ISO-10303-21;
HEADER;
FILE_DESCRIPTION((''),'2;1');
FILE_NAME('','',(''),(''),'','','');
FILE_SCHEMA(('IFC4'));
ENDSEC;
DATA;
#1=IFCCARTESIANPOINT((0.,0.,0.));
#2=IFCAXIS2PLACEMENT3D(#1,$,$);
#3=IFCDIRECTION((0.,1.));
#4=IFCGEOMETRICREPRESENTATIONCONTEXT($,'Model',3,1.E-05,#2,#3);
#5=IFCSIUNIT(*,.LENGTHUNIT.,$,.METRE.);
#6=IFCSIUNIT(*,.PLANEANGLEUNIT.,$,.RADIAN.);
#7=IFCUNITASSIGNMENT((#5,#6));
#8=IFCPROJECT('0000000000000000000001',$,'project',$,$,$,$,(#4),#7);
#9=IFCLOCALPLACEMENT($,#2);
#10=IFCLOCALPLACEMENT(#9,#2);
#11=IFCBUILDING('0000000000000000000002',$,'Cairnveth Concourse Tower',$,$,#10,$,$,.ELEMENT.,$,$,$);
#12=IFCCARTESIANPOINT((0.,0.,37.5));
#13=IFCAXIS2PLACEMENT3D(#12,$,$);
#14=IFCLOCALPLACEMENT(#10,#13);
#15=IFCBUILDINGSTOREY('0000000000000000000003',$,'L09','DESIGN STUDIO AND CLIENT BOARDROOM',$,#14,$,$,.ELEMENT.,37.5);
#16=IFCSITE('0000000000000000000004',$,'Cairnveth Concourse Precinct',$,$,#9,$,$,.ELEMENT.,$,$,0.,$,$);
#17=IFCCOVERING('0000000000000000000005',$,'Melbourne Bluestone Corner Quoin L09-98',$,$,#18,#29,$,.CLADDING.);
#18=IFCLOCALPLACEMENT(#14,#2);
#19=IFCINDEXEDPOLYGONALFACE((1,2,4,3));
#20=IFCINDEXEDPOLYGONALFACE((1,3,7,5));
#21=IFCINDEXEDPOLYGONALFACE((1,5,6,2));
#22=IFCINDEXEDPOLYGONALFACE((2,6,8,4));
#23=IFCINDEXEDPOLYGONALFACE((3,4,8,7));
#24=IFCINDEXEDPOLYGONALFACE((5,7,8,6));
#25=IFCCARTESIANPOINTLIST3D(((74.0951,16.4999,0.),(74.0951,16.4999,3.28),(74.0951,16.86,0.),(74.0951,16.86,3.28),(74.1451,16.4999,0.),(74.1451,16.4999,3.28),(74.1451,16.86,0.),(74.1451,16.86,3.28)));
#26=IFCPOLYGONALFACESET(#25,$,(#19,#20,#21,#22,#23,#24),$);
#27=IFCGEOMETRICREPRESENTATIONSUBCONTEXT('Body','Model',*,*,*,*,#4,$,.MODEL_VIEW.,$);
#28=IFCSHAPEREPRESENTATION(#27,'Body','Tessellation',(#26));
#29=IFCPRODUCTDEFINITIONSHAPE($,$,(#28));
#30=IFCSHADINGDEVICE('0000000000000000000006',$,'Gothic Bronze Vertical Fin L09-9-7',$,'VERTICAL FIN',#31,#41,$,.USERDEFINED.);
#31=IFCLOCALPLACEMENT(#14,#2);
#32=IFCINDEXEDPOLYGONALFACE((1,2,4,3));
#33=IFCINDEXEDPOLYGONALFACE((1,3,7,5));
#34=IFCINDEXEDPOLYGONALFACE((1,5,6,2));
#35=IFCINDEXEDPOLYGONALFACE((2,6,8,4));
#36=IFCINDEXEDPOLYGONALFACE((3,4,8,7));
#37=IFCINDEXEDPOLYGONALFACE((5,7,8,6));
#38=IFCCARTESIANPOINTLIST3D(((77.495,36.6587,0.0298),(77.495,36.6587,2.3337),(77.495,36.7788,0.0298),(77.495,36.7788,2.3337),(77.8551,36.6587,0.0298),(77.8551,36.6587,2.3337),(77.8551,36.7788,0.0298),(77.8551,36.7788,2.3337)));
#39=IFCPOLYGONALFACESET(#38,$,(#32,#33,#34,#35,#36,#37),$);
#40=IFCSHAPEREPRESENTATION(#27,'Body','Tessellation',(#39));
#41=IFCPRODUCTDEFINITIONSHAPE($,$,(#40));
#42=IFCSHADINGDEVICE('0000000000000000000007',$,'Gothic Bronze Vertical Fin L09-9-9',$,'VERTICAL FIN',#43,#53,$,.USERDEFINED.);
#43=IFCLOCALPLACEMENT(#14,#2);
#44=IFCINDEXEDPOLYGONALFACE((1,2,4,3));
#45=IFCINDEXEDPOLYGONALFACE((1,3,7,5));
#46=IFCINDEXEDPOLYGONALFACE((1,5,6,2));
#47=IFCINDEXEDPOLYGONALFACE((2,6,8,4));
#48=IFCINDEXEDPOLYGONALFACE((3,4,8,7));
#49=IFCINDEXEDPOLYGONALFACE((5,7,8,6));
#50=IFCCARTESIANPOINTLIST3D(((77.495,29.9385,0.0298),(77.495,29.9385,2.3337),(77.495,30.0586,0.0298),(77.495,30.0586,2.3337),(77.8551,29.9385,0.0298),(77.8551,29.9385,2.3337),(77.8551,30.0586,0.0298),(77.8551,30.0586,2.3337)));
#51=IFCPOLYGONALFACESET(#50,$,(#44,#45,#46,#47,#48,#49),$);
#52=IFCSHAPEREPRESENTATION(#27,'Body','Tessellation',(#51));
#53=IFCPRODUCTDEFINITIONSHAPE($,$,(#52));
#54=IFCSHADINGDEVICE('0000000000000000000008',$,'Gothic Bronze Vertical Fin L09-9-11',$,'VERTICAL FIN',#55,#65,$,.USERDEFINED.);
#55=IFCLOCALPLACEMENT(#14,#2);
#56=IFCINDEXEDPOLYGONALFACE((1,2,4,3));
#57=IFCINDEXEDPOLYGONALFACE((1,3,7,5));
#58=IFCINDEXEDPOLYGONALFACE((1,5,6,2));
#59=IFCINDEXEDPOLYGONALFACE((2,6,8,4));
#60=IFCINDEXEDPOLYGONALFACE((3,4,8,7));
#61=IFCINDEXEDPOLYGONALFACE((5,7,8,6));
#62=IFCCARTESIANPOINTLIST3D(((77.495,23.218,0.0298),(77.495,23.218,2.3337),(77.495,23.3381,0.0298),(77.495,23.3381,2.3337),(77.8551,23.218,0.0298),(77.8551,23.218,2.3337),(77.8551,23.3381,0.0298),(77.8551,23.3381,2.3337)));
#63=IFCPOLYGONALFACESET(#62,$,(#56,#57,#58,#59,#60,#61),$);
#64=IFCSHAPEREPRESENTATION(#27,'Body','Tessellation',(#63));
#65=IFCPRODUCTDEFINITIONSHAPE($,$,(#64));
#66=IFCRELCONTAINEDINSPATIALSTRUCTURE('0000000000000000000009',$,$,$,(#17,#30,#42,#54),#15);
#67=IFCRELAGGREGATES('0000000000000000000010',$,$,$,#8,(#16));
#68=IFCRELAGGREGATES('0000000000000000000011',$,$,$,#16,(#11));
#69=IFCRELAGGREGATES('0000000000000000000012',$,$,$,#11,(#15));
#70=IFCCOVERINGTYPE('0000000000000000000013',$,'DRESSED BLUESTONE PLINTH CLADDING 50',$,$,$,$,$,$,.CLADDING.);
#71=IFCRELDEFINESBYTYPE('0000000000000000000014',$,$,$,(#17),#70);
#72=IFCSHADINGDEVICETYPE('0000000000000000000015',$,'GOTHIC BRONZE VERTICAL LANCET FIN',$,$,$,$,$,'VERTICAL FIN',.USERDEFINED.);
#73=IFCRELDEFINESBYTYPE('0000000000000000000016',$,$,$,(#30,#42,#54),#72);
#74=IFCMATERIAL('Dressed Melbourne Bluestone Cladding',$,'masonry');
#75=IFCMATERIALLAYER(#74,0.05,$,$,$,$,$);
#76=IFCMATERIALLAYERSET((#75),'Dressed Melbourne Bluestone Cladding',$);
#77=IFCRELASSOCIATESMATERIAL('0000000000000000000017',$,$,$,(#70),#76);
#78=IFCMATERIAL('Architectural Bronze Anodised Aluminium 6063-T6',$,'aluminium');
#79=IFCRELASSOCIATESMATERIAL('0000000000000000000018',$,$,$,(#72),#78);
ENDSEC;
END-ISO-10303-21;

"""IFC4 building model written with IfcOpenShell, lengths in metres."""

from ifc_helpers import new_model, si_unit, direction, frame, frame_2d, origin, origin_2d, place, context, subcontext, project, spatial, rectangle, extrude, material, layer, layer_set, type_object, element, save


model = new_model("IFC4")

# Units and contexts
model_context = context("Model", 3, precision=1e-05, world=origin(), true_north=direction((0.0, 1.0)))
body_context = subcontext(model_context, "Body", "Model", "MODEL_VIEW")
ifc_project = project(units=[si_unit("LENGTHUNIT", "METRE"), si_unit("PLANEANGLEUNIT", "RADIAN")], contexts=[model_context])

# Site, building, storey
site_placement = place(None, origin())
site = spatial("IfcSite", under=ifc_project, at=site_placement, Name="Cairnveth Concourse Precinct", CompositionType="ELEMENT", RefElevation=0.0)
building_placement = place(site_placement, origin())
building = spatial("IfcBuilding", under=site, at=building_placement, Name="Cairnveth Concourse Tower", CompositionType="ELEMENT")
storey_placement = place(building_placement, frame((0.0, 0.0, 37.5)))
storey = spatial("IfcBuildingStorey", under=building, at=storey_placement, Name="L09", Description="DESIGN STUDIO AND CLIENT BOARDROOM", CompositionType="ELEMENT", Elevation=37.5)

# Covering
ifc_material_1 = material(Name="Dressed Melbourne Bluestone Cladding", Category="masonry")
ifc_layer_1 = layer(ifc_material_1, 0.05)
ifc_layer_set_1 = layer_set([ifc_layer_1], Name="Dressed Melbourne Bluestone Cladding")
covering_type = type_object("IfcCoveringType", Name="DRESSED BLUESTONE PLINTH CLADDING 50", PredefinedType="CLADDING", material=ifc_layer_set_1)
for number, where, z_axis, x_axis, name in (
    (1, (74.1201, 16.8601, 0.0), (0.0, 0.0, 1.0), (0.0, -1.0, 0.0), "Melbourne Bluestone Corner Quoin L09-98"),
):
    element("IfcCovering", number, at=place(storey_placement, frame(where, z_axis=z_axis, x_axis=x_axis)), inside=storey, type_object=covering_type, Name=name, PredefinedType="CLADDING", context=body_context, shape_type="SweptSolid", body=[
        extrude(rectangle(XDim=0.3601, YDim=0.05, at=frame_2d((0.1802, 0.0))), origin(), (0.0, 0.0, 1.0), 3.28),
    ])

# Shading devices
ifc_material_2 = material(Name="Architectural Bronze Anodised Aluminium 6063-T6", Category="aluminium")
shading_device_type = type_object("IfcShadingDeviceType", Name="GOTHIC BRONZE VERTICAL LANCET FIN", ElementType="VERTICAL FIN", PredefinedType="USERDEFINED", material=ifc_material_2)
for number, where, z_axis, x_axis, name in (
    (2, (77.675, 36.7188, 0.0298), (0.0, 0.0, 1.0), (0.0, 1.0, 0.0), "Gothic Bronze Vertical Fin L09-9-7"),
    (3, (77.675, 29.9985, 0.0298), (0.0, 0.0, 1.0), (0.0, 1.0, 0.0), "Gothic Bronze Vertical Fin L09-9-9"),
    (4, (77.675, 23.2781, 0.0298), (0.0, 0.0, 1.0), (0.0, 1.0, 0.0), "Gothic Bronze Vertical Fin L09-9-11"),
):
    element("IfcShadingDevice", number, at=place(storey_placement, frame(where, z_axis=z_axis, x_axis=x_axis)), inside=storey, type_object=shading_device_type, Name=name, ObjectType="VERTICAL FIN", PredefinedType="USERDEFINED", context=body_context, shape_type="SweptSolid", body=[
        extrude(rectangle(XDim=0.1201, YDim=0.3601, at=origin_2d()), origin(), (0.0, 0.0, 1.0), 2.304),
    ])

save(model, "model.ifc")
